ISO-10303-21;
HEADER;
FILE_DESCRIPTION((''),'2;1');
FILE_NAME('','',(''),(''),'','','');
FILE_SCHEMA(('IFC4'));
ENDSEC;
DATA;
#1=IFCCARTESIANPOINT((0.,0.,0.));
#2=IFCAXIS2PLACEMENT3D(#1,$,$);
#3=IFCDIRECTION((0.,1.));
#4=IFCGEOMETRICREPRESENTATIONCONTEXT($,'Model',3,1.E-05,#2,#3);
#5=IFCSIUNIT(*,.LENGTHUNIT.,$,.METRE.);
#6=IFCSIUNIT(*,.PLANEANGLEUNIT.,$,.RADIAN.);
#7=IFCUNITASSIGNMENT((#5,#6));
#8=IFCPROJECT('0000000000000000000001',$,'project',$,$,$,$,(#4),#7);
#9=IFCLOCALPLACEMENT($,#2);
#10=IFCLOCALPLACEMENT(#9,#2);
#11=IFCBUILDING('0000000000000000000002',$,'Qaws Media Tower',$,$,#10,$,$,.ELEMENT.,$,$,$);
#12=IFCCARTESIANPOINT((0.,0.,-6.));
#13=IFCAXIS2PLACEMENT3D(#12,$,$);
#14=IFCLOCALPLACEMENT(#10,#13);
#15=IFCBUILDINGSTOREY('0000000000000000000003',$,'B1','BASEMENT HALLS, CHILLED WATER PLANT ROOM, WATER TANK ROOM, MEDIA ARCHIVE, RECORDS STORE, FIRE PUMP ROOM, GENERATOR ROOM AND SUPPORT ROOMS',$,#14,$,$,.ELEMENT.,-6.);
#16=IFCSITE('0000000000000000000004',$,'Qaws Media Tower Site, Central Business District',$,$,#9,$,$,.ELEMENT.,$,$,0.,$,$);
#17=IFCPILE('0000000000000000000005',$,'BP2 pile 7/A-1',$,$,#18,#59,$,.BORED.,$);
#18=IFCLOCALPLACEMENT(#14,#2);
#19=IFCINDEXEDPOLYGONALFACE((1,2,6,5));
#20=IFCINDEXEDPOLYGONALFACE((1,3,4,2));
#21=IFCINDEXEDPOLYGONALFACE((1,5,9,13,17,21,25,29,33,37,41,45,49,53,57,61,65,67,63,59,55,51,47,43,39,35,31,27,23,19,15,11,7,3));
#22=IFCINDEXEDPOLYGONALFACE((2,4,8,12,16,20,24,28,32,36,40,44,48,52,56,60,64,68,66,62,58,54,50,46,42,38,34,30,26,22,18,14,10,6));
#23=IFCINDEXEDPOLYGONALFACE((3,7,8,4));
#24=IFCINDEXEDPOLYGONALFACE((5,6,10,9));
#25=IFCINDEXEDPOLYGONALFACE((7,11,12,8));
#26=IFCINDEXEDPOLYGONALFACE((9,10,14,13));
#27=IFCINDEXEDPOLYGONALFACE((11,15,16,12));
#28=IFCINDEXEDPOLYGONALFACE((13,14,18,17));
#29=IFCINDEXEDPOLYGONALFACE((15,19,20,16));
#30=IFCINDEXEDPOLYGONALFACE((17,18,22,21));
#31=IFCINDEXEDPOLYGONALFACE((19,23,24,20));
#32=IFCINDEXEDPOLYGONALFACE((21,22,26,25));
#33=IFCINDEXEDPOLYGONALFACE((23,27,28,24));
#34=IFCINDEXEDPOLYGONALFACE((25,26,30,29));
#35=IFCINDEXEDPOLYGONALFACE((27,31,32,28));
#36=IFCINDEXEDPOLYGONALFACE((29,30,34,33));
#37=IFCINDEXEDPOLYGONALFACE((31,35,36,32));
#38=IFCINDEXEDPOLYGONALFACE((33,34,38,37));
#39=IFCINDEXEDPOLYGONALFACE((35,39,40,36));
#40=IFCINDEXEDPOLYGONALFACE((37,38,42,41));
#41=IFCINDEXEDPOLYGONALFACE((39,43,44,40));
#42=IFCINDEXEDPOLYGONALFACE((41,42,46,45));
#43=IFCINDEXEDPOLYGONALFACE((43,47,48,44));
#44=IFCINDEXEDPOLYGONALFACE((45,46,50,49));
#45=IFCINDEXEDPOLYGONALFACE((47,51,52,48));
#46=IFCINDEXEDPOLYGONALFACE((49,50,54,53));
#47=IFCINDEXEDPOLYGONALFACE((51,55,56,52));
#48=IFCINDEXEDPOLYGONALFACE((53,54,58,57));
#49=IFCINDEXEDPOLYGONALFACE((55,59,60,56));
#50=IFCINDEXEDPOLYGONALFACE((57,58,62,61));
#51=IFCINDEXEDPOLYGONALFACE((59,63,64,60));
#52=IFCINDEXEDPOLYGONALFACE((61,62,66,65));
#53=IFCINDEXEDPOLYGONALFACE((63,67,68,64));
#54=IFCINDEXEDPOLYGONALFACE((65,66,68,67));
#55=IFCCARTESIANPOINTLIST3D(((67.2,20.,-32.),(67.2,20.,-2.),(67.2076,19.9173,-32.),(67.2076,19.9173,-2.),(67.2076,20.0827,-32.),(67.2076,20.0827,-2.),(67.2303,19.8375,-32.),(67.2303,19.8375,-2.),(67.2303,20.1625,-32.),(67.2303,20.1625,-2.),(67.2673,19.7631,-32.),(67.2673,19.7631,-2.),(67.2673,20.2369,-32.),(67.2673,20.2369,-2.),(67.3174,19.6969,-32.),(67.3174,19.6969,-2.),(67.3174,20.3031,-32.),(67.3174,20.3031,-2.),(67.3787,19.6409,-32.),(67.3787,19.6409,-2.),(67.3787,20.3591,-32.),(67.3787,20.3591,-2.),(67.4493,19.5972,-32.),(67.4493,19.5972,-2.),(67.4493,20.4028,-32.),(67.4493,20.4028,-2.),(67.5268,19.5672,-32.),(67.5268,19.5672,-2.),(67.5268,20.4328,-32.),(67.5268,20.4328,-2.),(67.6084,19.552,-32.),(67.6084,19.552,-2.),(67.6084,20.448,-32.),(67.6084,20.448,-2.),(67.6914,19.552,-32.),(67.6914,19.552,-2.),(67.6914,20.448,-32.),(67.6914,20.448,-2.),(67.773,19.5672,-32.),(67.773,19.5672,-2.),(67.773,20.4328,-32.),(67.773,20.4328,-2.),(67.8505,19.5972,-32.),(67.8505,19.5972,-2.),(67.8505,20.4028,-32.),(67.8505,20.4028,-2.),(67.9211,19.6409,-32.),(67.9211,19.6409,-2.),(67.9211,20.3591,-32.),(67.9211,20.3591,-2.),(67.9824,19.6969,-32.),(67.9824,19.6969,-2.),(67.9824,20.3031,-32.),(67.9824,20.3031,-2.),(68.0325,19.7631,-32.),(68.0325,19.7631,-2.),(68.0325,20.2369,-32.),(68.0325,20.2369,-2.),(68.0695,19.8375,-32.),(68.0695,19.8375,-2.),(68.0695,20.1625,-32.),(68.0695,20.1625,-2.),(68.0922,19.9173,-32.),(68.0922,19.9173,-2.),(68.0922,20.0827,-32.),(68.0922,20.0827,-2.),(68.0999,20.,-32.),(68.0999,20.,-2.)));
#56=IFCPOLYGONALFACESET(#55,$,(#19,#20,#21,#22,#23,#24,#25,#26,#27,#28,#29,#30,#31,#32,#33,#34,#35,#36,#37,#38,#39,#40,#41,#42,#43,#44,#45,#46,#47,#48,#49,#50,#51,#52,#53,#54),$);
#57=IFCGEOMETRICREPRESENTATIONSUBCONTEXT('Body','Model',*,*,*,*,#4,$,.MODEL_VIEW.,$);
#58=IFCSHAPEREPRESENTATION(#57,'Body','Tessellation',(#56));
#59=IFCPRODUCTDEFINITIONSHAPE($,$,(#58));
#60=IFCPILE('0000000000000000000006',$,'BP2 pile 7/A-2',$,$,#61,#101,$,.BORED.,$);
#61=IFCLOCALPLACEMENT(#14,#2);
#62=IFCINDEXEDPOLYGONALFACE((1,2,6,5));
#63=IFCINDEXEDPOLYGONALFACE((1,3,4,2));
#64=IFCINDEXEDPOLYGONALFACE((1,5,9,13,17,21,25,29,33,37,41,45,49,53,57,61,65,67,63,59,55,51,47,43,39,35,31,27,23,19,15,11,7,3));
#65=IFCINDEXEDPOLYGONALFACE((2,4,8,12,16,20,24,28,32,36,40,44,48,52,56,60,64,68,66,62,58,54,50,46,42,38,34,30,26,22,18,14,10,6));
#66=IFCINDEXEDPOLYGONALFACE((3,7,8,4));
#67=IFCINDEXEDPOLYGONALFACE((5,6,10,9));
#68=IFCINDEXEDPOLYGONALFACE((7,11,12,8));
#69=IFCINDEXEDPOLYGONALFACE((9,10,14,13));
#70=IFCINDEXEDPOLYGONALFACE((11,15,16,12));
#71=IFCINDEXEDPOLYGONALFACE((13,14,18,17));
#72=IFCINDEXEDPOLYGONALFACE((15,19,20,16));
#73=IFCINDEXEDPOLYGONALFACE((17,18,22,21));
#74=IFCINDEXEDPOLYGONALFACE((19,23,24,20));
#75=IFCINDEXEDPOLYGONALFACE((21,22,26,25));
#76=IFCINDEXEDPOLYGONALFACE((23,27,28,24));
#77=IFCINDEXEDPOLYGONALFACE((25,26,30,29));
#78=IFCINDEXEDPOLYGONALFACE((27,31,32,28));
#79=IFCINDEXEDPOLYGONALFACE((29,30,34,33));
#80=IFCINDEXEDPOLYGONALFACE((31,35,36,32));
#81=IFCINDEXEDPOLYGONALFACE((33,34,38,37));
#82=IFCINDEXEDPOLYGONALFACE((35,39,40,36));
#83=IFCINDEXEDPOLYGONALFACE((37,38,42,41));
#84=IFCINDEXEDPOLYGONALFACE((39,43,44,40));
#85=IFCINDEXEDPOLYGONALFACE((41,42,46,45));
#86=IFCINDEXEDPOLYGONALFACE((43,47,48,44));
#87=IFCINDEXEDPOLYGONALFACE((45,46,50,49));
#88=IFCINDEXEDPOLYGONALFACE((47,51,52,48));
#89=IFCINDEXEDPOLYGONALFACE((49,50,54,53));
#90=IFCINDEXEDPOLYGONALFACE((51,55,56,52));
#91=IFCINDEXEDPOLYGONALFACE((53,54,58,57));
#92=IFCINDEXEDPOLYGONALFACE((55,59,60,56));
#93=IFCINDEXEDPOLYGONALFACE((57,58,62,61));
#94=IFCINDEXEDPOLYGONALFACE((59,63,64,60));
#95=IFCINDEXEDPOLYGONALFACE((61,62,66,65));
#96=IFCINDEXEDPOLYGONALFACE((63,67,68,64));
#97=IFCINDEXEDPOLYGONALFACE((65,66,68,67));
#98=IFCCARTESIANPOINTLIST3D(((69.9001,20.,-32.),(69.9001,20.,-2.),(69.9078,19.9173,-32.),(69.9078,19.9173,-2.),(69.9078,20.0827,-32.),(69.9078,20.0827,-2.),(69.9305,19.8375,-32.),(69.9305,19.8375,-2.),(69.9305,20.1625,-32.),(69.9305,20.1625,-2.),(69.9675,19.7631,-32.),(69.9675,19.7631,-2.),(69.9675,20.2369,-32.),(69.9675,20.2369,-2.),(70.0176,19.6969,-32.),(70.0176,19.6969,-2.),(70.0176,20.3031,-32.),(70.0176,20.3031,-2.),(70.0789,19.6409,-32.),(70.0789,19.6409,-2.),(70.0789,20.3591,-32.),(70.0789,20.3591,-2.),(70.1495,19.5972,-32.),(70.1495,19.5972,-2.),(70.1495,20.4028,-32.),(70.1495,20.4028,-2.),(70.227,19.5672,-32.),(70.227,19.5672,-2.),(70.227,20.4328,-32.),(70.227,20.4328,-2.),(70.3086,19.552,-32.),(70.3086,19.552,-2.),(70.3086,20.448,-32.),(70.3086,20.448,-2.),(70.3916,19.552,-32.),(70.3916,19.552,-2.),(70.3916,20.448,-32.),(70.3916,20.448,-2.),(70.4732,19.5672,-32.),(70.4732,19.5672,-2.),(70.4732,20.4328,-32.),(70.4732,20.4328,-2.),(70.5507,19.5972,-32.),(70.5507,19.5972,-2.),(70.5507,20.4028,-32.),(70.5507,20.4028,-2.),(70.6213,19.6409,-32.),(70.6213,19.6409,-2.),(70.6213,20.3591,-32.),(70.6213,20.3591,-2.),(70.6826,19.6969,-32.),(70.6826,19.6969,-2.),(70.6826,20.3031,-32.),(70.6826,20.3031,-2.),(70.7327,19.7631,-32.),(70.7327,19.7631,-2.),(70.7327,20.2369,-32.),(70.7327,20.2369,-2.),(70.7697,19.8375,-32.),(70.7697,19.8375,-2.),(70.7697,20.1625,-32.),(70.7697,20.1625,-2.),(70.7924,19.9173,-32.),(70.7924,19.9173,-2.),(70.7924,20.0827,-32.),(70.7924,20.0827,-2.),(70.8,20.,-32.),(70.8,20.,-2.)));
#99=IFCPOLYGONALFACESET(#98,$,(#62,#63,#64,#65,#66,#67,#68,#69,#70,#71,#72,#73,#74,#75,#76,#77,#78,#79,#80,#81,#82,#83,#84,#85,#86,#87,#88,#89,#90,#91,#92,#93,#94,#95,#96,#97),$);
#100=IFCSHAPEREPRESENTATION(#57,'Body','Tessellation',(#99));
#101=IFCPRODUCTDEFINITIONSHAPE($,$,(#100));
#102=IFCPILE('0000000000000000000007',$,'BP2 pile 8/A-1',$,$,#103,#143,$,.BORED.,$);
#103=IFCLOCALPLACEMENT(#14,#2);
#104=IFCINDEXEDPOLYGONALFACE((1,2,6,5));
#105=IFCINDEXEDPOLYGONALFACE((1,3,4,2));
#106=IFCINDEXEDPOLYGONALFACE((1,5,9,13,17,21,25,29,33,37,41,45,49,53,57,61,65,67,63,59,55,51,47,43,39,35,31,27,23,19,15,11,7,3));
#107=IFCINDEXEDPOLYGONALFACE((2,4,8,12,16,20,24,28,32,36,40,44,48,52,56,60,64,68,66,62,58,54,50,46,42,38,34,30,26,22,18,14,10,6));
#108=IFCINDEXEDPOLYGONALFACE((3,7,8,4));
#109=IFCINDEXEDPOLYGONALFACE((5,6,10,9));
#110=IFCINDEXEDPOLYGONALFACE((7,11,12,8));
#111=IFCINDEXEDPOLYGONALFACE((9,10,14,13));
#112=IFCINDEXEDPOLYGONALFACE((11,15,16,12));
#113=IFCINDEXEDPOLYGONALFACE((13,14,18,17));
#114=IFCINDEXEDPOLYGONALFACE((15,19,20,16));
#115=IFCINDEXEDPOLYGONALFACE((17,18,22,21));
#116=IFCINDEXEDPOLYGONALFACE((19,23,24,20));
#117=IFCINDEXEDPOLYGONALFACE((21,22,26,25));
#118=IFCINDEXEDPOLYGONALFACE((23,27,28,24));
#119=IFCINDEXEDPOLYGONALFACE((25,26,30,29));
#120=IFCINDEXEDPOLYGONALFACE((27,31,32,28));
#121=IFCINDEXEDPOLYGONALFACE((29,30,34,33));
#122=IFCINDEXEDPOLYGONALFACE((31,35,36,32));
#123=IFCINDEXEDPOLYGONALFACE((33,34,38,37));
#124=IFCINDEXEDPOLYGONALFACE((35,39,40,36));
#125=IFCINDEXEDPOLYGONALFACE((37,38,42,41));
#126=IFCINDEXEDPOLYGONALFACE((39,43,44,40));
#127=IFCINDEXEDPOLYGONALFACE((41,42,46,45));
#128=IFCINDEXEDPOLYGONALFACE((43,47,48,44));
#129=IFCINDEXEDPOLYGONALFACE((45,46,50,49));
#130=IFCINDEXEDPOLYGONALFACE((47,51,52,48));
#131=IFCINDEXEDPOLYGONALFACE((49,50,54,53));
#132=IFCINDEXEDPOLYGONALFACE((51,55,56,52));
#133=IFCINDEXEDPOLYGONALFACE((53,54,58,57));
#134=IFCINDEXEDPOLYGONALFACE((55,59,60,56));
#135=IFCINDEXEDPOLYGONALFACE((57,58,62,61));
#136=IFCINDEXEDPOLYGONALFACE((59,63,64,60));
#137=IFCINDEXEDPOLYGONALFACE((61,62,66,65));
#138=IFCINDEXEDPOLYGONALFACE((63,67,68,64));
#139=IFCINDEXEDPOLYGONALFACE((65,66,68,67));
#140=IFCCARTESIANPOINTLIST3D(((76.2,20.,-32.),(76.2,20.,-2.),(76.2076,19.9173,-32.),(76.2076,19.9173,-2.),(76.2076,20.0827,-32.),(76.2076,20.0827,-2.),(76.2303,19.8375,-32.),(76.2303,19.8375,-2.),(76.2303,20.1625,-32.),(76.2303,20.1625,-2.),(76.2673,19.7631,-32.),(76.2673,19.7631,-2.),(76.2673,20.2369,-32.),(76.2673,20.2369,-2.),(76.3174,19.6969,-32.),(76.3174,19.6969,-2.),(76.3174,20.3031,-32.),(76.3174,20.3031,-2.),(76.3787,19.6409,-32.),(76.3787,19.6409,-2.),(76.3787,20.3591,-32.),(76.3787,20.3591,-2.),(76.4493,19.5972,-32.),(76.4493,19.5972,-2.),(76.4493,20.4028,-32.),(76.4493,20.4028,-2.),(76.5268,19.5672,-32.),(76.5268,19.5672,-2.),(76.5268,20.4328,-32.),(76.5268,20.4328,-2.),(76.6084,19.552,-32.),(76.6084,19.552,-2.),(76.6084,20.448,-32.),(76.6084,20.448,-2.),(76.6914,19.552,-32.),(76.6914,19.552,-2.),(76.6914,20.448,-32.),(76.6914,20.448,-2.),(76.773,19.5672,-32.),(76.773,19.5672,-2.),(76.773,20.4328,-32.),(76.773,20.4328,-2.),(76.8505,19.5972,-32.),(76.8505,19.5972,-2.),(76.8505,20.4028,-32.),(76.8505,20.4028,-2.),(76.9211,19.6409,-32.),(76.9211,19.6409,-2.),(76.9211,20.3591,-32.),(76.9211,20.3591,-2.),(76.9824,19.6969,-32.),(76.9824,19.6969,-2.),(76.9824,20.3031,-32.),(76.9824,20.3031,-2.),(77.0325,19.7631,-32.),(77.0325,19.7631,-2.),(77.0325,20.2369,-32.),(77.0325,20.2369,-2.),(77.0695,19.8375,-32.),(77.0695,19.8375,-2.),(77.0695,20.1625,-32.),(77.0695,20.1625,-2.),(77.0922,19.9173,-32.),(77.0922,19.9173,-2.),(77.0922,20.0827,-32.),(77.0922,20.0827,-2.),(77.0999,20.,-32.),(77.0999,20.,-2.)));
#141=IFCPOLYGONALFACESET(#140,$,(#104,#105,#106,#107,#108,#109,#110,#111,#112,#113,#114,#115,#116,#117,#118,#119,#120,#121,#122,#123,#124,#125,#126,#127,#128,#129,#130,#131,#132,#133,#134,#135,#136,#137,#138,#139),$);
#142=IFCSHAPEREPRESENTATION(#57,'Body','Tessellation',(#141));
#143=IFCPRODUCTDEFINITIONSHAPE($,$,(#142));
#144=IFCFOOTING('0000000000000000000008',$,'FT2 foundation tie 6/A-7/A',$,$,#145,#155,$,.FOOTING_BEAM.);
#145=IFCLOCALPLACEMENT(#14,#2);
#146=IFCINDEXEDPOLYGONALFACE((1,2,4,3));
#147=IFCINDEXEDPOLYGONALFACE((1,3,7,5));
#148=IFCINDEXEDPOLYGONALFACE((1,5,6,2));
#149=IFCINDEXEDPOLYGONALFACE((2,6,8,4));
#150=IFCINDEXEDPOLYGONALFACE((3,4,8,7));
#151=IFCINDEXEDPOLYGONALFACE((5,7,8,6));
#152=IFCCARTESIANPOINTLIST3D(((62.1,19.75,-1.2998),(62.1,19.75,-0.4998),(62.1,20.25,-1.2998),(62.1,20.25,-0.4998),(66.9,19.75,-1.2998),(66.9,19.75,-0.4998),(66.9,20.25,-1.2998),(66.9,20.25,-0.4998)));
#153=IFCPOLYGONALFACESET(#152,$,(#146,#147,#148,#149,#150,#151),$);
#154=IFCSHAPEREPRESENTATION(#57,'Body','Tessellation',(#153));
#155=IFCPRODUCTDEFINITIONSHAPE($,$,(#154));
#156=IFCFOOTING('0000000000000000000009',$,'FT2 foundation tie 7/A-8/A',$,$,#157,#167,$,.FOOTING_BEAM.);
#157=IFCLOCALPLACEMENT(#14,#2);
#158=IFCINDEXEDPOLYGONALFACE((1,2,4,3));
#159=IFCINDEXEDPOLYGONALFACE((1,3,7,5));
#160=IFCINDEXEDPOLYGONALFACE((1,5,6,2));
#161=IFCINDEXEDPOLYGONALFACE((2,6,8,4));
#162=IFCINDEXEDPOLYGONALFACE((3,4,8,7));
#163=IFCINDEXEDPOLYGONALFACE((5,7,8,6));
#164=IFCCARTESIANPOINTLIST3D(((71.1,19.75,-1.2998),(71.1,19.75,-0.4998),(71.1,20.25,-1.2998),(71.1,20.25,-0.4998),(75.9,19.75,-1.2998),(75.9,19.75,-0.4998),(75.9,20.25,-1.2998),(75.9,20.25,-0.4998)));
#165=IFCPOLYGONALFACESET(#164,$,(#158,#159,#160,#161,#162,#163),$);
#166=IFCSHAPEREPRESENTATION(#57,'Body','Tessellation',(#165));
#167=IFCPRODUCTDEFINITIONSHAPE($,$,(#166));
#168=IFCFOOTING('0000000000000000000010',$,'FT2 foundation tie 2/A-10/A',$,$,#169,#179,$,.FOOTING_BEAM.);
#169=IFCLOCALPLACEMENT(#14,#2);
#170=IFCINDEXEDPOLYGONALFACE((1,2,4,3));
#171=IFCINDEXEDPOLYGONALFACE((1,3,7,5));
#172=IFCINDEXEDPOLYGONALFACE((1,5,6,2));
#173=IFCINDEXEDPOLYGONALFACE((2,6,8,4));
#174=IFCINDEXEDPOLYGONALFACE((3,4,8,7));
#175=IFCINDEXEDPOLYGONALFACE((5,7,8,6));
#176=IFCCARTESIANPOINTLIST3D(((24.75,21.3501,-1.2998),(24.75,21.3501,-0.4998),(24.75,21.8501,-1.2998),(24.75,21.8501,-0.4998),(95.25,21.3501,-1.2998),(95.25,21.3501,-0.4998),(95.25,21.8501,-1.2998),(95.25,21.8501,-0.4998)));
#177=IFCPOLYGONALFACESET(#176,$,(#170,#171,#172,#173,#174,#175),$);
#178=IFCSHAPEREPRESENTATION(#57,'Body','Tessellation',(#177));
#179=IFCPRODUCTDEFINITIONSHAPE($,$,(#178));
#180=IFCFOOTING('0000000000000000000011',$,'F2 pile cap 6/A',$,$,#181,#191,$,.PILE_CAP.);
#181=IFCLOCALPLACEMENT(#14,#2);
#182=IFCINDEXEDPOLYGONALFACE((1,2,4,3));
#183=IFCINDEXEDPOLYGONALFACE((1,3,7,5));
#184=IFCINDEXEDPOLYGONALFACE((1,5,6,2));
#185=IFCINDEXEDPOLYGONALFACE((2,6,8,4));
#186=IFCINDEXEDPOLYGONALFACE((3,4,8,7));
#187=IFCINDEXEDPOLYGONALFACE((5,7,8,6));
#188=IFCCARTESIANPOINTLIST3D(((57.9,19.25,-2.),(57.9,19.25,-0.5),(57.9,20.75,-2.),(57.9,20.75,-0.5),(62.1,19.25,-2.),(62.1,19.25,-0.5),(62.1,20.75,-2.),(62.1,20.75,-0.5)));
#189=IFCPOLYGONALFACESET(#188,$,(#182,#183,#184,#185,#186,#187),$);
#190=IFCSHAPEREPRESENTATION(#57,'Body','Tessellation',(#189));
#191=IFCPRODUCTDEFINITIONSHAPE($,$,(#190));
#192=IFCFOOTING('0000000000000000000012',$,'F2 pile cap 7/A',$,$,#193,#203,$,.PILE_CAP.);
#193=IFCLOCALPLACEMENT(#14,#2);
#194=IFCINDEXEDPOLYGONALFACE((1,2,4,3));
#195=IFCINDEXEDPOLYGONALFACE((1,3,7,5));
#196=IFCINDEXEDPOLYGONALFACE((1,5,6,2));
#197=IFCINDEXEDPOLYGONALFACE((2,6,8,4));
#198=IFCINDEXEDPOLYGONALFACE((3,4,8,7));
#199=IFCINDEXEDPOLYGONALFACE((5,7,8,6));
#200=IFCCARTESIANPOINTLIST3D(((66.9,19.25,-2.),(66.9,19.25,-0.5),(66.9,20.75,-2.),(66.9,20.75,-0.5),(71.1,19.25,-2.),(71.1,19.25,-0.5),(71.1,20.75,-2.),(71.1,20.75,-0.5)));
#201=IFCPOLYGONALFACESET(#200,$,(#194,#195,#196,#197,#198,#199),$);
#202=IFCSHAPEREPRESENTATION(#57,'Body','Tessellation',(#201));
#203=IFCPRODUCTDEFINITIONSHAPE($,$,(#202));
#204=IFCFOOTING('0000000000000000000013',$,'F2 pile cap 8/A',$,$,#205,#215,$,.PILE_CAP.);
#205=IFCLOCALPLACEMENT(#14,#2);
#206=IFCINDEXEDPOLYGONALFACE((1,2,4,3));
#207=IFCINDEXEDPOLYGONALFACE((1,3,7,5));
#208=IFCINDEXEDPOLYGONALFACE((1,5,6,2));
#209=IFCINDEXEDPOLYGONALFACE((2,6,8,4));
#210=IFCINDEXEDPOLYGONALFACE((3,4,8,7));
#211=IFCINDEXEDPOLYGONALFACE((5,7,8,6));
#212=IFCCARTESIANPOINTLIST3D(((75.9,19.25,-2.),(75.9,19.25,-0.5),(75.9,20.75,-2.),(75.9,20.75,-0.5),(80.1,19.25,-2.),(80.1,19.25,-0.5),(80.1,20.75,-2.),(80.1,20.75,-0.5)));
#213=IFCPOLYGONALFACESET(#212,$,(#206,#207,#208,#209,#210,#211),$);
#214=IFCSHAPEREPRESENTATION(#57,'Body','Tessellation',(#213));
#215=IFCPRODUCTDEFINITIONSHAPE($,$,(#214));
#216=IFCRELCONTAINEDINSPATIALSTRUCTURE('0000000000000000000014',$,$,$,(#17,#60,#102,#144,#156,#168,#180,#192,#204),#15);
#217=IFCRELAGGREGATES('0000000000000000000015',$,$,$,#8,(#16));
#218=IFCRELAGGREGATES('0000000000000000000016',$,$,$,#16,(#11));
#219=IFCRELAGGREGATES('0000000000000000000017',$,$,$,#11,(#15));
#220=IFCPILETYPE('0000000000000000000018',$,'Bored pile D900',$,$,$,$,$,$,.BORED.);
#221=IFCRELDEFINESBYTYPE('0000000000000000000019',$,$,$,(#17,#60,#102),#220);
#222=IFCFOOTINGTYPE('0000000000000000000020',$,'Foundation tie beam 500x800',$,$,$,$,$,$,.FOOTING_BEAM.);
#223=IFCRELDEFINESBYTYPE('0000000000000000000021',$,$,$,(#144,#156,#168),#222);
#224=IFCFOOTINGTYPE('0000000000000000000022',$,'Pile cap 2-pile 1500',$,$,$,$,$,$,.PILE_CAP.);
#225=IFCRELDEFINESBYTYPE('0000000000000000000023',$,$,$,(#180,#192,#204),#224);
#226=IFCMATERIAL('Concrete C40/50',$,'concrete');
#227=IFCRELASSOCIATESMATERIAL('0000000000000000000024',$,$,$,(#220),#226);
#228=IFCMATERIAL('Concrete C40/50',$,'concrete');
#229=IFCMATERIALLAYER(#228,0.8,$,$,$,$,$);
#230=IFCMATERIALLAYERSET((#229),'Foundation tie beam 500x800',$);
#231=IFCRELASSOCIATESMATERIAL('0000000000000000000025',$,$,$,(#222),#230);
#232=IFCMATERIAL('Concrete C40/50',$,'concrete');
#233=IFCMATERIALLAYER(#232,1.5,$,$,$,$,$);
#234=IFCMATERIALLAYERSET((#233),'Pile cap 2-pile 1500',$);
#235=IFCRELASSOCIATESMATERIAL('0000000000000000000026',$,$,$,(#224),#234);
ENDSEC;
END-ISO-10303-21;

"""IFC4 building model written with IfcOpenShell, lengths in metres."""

from ifc_helpers import new_model, si_unit, direction, frame, origin, origin_2d, place, context, subcontext, project, spatial, rectangle, circle, extrude, material, layer, layer_set, material_profile, profile_set, type_object, element, save


model = new_model("IFC4")

# Units and contexts
model_context = context("Model", 3, precision=1e-05, world=origin(), true_north=direction((0.0, 1.0)))
body_context = subcontext(model_context, "Body", "Model", "MODEL_VIEW")
ifc_project = project(units=[si_unit("LENGTHUNIT", "METRE"), si_unit("PLANEANGLEUNIT", "RADIAN")], contexts=[model_context])

# Site, building, storey
site_placement = place(None, origin())
site = spatial("IfcSite", under=ifc_project, at=site_placement, Name="Qaws Media Tower Site, Central Business District", CompositionType="ELEMENT", RefElevation=0.0)
building_placement = place(site_placement, origin())
building = spatial("IfcBuilding", under=site, at=building_placement, Name="Qaws Media Tower", CompositionType="ELEMENT")
storey_placement = place(building_placement, frame((0.0, 0.0, -6.0)))
storey = spatial("IfcBuildingStorey", under=building, at=storey_placement, Name="B1", Description="BASEMENT HALLS, CHILLED WATER PLANT ROOM, WATER TANK ROOM, MEDIA ARCHIVE, RECORDS STORE, FIRE PUMP ROOM, GENERATOR ROOM AND SUPPORT ROOMS", CompositionType="ELEMENT", Elevation=-6.0)

# Piles
ifc_material_1 = material(Name="Concrete C40/50", Category="concrete")
ifc_material_profile_1 = material_profile(ifc_material_1, circle(Radius=0.45, at=origin_2d()), Name="D900")
ifc_profile_set_1 = profile_set([ifc_material_profile_1], Name="Concrete C40/50")
pile_type_1 = type_object("IfcPileType", Name="Bored pile D900", PredefinedType="BORED", material=ifc_profile_set_1)
for number, where, z_axis, x_axis, name in (
    (1, (67.6499, 20.0, -2.0), (0.0, 0.0, -1.0), (1.0, 0.0, 0.0), "BP2 pile 7/A-1"),
    (2, (70.3501, 20.0, -2.0), (0.0, 0.0, -1.0), (1.0, 0.0, 0.0), "BP2 pile 7/A-2"),
    (3, (76.6499, 20.0, -2.0), (0.0, 0.0, -1.0), (1.0, 0.0, 0.0), "BP2 pile 8/A-1"),
):
    element("IfcPile", number, at=place(storey_placement, frame(where, z_axis=z_axis, x_axis=x_axis)), inside=storey, type_object=pile_type_1, Name=name, PredefinedType="BORED", context=body_context, shape_type="SweptSolid", body=[
        extrude(circle(Radius=0.45, at=origin_2d()), origin(), (0.0, 0.0, 1.0), 30.0),
    ])

# Footings
ifc_material_2 = material(Name="Concrete C40/50", Category="concrete")
ifc_layer_1 = layer(ifc_material_2, 0.8)
ifc_layer_set_1 = layer_set([ifc_layer_1], Name="Foundation tie beam 500x800")
footing_type_1 = type_object("IfcFootingType", Name="Foundation tie beam 500x800", PredefinedType="FOOTING_BEAM", material=ifc_layer_set_1)
for number, where, z_axis, x_axis, name in (
    (4, (64.5, 20.0, -1.2998), (0.0, 0.0, 1.0), (1.0, 0.0, 0.0), "FT2 foundation tie 6/A-7/A"),
    (5, (73.5, 20.0, -1.2998), (0.0, 0.0, 1.0), (1.0, 0.0, 0.0), "FT2 foundation tie 7/A-8/A"),
):
    element("IfcFooting", number, at=place(storey_placement, frame(where, z_axis=z_axis, x_axis=x_axis)), inside=storey, type_object=footing_type_1, Name=name, PredefinedType="FOOTING_BEAM", context=body_context, shape_type="SweptSolid", body=[
        extrude(rectangle(XDim=4.8, YDim=0.5, at=origin_2d()), origin(), (0.0, 0.0, 1.0), 0.8),
    ])
footing_placement = place(storey_placement, frame((60.0, 21.6001, -1.2998), z_axis=(0.0, 0.0, 1.0), x_axis=(1.0, 0.0, 0.0)))
element("IfcFooting", 6, at=footing_placement, inside=storey, type_object=footing_type_1, Name="FT2 foundation tie 2/A-10/A", PredefinedType="FOOTING_BEAM", context=body_context, shape_type="SweptSolid", body=[
    extrude(rectangle(XDim=70.5, YDim=0.5, at=origin_2d()), origin(), (0.0, 0.0, 1.0), 0.8),
])
ifc_material_3 = material(Name="Concrete C40/50", Category="concrete")
ifc_layer_2 = layer(ifc_material_3, 1.5)
ifc_layer_set_2 = layer_set([ifc_layer_2], Name="Pile cap 2-pile 1500")
footing_type_2 = type_object("IfcFootingType", Name="Pile cap 2-pile 1500", PredefinedType="PILE_CAP", material=ifc_layer_set_2)
for number, where, z_axis, x_axis, name in (
    (7, (60.0, 20.0, -2.0), (0.0, 0.0, 1.0), (1.0, 0.0, 0.0), "F2 pile cap 6/A"),
    (8, (69.0, 20.0, -2.0), (0.0, 0.0, 1.0), (1.0, 0.0, 0.0), "F2 pile cap 7/A"),
    (9, (78.0, 20.0, -2.0), (0.0, 0.0, 1.0), (1.0, 0.0, 0.0), "F2 pile cap 8/A"),
):
    element("IfcFooting", number, at=place(storey_placement, frame(where, z_axis=z_axis, x_axis=x_axis)), inside=storey, type_object=footing_type_2, Name=name, PredefinedType="PILE_CAP", context=body_context, shape_type="SweptSolid", body=[
        extrude(rectangle(XDim=4.2, YDim=1.5, at=origin_2d()), origin(), (0.0, 0.0, 1.0), 1.5),
    ])

save(model, "model.ifc")
